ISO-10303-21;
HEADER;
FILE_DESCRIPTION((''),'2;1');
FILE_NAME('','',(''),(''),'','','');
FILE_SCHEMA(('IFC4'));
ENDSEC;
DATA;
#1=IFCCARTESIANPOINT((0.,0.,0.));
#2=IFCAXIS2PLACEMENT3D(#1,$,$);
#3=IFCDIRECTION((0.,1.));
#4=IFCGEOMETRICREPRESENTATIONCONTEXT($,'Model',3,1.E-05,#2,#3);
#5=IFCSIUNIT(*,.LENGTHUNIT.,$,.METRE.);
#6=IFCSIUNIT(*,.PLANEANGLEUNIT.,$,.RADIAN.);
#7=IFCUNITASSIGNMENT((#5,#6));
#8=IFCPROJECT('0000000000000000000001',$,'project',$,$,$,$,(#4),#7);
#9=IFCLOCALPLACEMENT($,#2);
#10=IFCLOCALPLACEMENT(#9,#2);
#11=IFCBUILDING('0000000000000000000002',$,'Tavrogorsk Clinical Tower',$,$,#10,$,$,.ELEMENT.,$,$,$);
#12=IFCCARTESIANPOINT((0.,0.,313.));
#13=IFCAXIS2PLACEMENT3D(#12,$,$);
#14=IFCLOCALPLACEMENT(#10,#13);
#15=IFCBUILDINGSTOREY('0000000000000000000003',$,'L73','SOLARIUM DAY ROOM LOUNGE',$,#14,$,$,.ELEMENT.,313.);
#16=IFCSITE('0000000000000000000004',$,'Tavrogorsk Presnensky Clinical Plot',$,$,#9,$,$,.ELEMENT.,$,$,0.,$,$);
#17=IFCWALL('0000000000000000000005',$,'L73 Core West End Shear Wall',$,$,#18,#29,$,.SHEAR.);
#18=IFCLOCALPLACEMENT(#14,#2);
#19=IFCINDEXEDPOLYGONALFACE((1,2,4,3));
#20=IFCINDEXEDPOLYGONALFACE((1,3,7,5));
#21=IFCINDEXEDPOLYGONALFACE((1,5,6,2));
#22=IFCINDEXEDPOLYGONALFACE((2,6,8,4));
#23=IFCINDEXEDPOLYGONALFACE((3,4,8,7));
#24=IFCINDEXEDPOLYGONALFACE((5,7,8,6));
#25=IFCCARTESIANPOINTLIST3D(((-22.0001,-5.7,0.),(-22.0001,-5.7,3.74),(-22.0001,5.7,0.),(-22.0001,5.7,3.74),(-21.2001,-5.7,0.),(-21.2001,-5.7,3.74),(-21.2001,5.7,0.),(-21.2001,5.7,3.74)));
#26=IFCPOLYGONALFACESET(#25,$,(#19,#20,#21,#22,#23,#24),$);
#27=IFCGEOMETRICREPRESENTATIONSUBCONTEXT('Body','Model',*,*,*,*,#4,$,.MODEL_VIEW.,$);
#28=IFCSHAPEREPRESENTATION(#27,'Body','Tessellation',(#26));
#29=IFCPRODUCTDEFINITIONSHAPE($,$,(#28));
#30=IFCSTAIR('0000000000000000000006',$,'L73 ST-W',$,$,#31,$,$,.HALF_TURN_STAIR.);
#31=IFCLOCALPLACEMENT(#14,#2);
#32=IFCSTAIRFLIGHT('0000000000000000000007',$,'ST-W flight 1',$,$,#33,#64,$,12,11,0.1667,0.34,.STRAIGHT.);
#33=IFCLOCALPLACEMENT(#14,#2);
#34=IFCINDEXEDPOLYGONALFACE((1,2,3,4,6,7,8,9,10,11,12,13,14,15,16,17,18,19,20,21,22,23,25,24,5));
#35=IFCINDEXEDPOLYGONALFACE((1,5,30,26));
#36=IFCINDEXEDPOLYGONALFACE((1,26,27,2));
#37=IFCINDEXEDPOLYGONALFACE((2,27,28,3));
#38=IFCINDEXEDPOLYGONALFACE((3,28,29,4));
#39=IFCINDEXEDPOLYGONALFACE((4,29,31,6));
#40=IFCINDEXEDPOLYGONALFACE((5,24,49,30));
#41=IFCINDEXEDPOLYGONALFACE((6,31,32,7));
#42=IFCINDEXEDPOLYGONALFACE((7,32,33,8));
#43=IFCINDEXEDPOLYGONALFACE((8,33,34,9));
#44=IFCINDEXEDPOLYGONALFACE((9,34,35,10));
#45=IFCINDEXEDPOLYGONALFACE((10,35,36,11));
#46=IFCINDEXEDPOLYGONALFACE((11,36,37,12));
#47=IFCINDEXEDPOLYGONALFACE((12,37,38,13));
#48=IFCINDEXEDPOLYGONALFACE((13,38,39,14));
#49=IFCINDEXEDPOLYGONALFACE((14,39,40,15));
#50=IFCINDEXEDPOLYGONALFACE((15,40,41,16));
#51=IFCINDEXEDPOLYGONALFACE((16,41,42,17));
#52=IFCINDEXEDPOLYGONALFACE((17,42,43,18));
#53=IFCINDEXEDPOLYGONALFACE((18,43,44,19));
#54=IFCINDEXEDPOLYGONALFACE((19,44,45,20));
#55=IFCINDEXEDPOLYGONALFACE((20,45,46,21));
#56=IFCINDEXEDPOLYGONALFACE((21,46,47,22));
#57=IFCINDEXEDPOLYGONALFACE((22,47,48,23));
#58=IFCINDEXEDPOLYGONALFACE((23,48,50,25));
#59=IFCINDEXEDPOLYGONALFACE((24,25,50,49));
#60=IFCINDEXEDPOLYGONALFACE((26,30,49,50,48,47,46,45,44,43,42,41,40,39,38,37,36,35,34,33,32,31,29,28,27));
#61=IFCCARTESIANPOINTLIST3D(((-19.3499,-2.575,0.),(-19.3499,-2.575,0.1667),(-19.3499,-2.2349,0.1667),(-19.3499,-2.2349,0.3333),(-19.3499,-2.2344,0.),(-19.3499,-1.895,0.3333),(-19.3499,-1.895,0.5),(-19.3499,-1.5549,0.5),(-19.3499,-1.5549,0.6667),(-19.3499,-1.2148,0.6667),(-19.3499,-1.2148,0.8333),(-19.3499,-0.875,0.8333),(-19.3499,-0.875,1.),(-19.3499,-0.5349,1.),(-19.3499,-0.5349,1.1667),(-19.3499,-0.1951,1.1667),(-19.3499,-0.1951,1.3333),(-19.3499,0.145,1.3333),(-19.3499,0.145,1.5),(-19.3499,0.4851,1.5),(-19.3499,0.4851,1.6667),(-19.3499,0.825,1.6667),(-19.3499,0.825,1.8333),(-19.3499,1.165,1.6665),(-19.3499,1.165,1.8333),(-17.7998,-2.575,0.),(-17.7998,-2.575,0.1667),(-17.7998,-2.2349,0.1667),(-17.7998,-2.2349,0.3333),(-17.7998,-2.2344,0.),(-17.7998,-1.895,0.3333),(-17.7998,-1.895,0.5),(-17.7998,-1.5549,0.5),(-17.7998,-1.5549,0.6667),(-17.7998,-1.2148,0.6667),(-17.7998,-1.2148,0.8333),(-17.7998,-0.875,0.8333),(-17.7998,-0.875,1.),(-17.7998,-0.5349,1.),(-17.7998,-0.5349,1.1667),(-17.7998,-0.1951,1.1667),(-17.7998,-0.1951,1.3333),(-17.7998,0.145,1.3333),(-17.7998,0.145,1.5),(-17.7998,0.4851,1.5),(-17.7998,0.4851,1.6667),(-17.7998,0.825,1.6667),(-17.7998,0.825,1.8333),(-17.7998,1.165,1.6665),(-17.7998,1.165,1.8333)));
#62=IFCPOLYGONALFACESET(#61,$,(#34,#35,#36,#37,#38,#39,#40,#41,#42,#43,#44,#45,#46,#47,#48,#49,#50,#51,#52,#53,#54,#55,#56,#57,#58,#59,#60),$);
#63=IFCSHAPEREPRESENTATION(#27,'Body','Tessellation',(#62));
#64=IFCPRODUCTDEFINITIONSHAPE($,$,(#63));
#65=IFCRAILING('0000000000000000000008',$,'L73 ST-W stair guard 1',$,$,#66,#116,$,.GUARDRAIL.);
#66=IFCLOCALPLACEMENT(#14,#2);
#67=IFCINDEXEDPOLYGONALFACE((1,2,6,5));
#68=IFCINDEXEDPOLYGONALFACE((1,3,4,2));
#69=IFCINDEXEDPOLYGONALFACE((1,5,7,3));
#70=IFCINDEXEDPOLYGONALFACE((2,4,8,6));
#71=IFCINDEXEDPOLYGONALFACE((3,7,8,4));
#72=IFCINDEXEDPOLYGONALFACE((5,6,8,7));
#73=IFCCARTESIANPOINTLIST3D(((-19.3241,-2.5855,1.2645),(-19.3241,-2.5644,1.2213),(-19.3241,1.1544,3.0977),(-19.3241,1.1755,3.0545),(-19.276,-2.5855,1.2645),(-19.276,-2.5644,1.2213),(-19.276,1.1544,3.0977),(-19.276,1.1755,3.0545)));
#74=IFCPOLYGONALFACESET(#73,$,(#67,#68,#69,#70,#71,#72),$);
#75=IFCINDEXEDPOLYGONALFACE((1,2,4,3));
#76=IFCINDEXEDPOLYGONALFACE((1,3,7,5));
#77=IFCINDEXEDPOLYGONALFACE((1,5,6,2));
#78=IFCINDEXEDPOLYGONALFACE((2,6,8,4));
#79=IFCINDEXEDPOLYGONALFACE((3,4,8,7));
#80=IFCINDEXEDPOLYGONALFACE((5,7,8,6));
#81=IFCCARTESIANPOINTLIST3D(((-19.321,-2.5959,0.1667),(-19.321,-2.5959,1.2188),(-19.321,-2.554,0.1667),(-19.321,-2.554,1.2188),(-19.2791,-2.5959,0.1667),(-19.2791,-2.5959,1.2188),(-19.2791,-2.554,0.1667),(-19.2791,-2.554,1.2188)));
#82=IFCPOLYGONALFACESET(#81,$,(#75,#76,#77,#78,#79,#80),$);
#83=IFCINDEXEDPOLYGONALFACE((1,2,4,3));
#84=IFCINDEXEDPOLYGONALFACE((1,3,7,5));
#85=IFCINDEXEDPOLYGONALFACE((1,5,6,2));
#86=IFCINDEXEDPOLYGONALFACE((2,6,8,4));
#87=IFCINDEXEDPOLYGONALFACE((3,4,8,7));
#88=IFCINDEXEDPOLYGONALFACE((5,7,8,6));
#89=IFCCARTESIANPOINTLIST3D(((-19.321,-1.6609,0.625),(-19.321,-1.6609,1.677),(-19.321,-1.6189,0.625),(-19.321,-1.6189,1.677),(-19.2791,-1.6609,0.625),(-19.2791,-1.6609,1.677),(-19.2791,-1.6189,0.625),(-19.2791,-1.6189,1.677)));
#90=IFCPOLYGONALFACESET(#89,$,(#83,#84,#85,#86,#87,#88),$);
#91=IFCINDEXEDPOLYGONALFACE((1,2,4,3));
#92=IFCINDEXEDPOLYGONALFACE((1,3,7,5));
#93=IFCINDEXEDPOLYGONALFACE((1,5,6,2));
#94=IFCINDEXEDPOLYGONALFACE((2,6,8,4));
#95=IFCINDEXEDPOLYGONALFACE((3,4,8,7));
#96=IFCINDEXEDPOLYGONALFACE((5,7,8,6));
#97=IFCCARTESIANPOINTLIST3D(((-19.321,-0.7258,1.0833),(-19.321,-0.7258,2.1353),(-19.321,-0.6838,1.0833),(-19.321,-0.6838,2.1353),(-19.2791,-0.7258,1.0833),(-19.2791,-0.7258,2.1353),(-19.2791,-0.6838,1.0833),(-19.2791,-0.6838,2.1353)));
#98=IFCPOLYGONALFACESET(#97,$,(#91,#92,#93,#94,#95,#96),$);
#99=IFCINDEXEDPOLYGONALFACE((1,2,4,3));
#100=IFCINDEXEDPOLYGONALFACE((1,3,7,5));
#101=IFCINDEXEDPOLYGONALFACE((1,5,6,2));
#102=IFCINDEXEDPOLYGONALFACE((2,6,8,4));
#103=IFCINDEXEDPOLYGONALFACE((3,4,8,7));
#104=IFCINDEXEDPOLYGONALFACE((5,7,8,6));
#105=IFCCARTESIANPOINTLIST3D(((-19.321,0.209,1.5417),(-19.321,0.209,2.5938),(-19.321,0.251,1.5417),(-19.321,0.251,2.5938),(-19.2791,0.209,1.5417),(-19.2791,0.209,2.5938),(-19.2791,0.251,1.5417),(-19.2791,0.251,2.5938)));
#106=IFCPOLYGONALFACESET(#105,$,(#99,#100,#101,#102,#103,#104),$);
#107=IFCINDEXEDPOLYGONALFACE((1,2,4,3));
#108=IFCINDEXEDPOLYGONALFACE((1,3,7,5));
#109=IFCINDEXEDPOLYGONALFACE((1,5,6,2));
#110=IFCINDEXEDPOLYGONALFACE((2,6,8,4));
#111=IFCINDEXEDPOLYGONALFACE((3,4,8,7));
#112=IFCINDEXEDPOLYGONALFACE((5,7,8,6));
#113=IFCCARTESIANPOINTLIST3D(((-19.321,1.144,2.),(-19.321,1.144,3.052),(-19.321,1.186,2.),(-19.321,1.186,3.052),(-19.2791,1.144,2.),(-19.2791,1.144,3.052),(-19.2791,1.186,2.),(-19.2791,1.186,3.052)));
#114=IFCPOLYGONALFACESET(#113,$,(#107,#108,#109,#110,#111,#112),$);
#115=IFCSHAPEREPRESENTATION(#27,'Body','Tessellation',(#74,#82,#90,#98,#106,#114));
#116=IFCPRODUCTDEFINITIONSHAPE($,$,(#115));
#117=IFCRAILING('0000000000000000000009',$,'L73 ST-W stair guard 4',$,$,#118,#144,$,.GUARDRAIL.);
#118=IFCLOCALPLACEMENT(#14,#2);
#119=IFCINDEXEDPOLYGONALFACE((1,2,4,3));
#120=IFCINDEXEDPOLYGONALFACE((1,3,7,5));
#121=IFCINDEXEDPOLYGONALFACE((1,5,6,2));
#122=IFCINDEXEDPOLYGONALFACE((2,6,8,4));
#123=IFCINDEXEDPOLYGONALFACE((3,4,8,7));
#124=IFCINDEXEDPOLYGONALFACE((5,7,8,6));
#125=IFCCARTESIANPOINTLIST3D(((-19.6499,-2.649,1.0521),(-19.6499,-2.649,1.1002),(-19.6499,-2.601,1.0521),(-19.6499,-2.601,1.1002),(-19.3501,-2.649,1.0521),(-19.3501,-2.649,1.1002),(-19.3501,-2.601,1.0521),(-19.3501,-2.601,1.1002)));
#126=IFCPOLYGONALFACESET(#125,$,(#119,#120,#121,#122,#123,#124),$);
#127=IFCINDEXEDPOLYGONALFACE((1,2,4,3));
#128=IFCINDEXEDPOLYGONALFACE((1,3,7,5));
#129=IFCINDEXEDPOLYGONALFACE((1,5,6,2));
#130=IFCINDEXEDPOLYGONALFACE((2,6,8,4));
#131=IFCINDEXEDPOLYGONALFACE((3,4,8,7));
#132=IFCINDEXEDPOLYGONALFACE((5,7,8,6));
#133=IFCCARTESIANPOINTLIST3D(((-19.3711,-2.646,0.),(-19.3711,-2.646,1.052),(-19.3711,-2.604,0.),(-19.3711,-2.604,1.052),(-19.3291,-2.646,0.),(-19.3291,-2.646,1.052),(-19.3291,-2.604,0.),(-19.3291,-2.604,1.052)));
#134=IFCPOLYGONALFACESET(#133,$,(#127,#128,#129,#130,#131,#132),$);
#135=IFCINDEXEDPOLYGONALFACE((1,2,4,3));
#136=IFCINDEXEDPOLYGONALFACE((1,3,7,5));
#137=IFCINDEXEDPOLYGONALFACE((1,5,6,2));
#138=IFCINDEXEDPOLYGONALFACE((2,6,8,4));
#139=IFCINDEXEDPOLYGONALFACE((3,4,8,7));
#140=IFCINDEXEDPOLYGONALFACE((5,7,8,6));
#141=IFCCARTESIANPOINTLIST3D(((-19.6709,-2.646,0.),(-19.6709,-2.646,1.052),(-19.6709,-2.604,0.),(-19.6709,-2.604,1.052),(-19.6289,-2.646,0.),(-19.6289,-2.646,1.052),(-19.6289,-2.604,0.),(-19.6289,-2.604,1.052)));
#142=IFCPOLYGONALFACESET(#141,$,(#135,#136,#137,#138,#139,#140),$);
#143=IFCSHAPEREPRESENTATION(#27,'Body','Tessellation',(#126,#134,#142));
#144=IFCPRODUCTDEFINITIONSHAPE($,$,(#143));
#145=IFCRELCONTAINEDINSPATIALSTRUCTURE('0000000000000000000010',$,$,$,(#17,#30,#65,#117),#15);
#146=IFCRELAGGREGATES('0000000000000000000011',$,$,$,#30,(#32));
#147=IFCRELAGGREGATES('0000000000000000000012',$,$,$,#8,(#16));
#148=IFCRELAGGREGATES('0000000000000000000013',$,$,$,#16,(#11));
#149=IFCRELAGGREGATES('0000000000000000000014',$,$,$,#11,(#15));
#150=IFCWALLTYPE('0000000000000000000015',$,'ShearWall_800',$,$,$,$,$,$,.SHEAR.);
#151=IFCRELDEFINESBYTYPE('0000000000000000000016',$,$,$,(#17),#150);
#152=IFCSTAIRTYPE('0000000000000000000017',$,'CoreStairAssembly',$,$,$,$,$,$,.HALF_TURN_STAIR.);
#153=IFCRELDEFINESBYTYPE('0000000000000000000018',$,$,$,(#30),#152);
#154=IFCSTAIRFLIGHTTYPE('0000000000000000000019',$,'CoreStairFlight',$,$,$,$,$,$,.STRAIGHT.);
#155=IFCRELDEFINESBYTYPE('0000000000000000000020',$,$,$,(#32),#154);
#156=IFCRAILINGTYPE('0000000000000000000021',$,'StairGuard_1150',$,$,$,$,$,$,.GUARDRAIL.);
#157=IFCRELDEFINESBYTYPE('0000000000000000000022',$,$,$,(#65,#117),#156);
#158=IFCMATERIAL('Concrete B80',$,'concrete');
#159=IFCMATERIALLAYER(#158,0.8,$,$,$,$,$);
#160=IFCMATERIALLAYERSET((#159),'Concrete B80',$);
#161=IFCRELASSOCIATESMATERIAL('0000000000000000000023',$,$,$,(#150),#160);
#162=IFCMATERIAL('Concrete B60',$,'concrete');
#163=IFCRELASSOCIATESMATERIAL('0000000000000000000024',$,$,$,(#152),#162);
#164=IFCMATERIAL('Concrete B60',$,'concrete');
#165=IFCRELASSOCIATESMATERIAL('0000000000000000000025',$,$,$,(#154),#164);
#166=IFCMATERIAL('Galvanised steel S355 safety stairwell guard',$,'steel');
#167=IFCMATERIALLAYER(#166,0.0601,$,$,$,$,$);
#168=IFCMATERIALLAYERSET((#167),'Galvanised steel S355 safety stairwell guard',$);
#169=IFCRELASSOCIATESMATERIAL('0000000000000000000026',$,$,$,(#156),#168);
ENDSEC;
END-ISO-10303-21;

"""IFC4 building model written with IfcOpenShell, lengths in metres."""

from ifc_helpers import new_model, si_unit, direction, frame, frame_2d, origin, origin_2d, place, context, subcontext, project, spatial, polyline, rectangle, outline, extrude, material, layer, layer_set, type_object, element, aggregate, save


model = new_model("IFC4")

# Units and contexts
model_context = context("Model", 3, precision=1e-05, world=origin(), true_north=direction((0.0, 1.0)))
body_context = subcontext(model_context, "Body", "Model", "MODEL_VIEW")
ifc_project = project(units=[si_unit("LENGTHUNIT", "METRE"), si_unit("PLANEANGLEUNIT", "RADIAN")], contexts=[model_context])

# Site, building, storey
site_placement = place(None, origin())
site = spatial("IfcSite", under=ifc_project, at=site_placement, Name="Tavrogorsk Presnensky Clinical Plot", CompositionType="ELEMENT", RefElevation=0.0)
building_placement = place(site_placement, origin())
building = spatial("IfcBuilding", under=site, at=building_placement, Name="Tavrogorsk Clinical Tower", CompositionType="ELEMENT")
storey_placement = place(building_placement, frame((0.0, 0.0, 313.0)))
storey = spatial("IfcBuildingStorey", under=building, at=storey_placement, Name="L73", Description="SOLARIUM DAY ROOM LOUNGE", CompositionType="ELEMENT", Elevation=313.0)

# Wall
ifc_material_1 = material(Name="Concrete B80", Category="concrete")
ifc_layer_1 = layer(ifc_material_1, 0.8)
ifc_layer_set_1 = layer_set([ifc_layer_1], Name="Concrete B80")
wall_type_1 = type_object("IfcWallType", Name="ShearWall_800", PredefinedType="SHEAR", material=ifc_layer_set_1)
wall_1_placement = place(storey_placement, frame((-21.6001, -5.7, 0.0), z_axis=(0.0, 0.0, 1.0), x_axis=(0.0, 1.0, 0.0)))
element("IfcWall", 1, at=wall_1_placement, inside=storey, type_object=wall_type_1, Name="L73 Core West End Shear Wall", PredefinedType="SHEAR", context=body_context, shape_type="SweptSolid", body=[
    extrude(rectangle(XDim=11.3999, YDim=0.8, at=frame_2d((5.7, 0.0))), origin(), (0.0, 0.0, 1.0), 3.74),
])

# Stair, stair flight
ifc_material_2 = material(Name="Concrete B60", Category="concrete")
stair_type = type_object("IfcStairType", Name="CoreStairAssembly", PredefinedType="HALF_TURN_STAIR", material=ifc_material_2)
stair_placement = place(storey_placement, origin())
stair = element("IfcStair", 2, at=stair_placement, inside=storey, type_object=stair_type, Name="L73 ST-W", PredefinedType="HALF_TURN_STAIR")
ifc_material_3 = material(Name="Concrete B60", Category="concrete")
stair_flight_type = type_object("IfcStairFlightType", Name="CoreStairFlight", PredefinedType="STRAIGHT", material=ifc_material_3)
stair_flight_placement = place(storey_placement, frame((-18.575, -2.575, 0.0), z_axis=(0.0, 0.0, 1.0), x_axis=(0.0, 1.0, 0.0)))
stair_flight = element("IfcStairFlight", 3, at=stair_flight_placement, type_object=stair_flight_type, Name="ST-W flight 1", NumberOfRisers=12, NumberOfTreads=11, PredefinedType="STRAIGHT", RiserHeight=0.1667, TreadLength=0.34, context=body_context, shape_type="SweptSolid", body=[
    extrude(outline(polyline([(0.0, 0.0), (0.0, 0.1667), (0.3401, 0.1667), (0.3401, 0.3333), (0.6799, 0.3333), (0.6799, 0.5), (1.02, 0.5), (1.02, 0.6667), (1.3601, 0.6667), (1.3601, 0.8333), (1.7, 0.8333), (1.7, 1.0), (2.04, 1.0), (2.04, 1.1667), (2.3799, 1.1667), (2.3799, 1.3333), (2.72, 1.3333), (2.72, 1.5), (3.0601, 1.5), (3.0601, 1.6667), (3.3999, 1.6667), (3.3999, 1.8333), (3.74, 1.8333), (3.74, 2.0), (3.74, 1.6665), (0.3406, 0.0), (0.0, 0.0)])), frame((0.0, 0.7749, 0.0), z_axis=(0.0, -1.0, 0.0), x_axis=(1.0, 0.0, 0.0)), (0.0, 0.0, 1.0), 1.55),
])
aggregate(stair, [stair_flight])

# Railings
ifc_material_4 = material(Name="Galvanised steel S355 safety stairwell guard", Category="steel")
ifc_layer_2 = layer(ifc_material_4, 0.0601)
ifc_layer_set_2 = layer_set([ifc_layer_2], Name="Galvanised steel S355 safety stairwell guard")
railing_type = type_object("IfcRailingType", Name="StairGuard_1150", PredefinedType="GUARDRAIL", material=ifc_layer_set_2)
railing_1_placement = place(storey_placement, frame((-19.3, -2.575, 0.1667)))
element("IfcRailing", 4, at=railing_1_placement, inside=storey, type_object=railing_type, Name="L73 ST-W stair guard 1", PredefinedType="GUARDRAIL", context=body_context, shape_type="SweptSolid", body=[
    extrude(rectangle(XDim=0.0481, YDim=0.0481, at=origin_2d()), frame((0.0, 0.0, 1.0762), z_axis=(0.0, 0.897928, 0.440142), x_axis=(-1.0, 0.0, 0.0)), (0.0, 0.0, 1.0), 4.165),
    extrude(rectangle(XDim=0.042, YDim=0.042, at=origin_2d()), origin(), (0.0, 0.0, 1.0), 1.052),
    extrude(rectangle(XDim=0.042, YDim=0.042, at=origin_2d()), frame((0.0, 0.9351, 0.4583)), (0.0, 0.0, 1.0), 1.052),
    extrude(rectangle(XDim=0.042, YDim=0.042, at=origin_2d()), frame((0.0, 1.8701, 0.9165)), (0.0, 0.0, 1.0), 1.052),
    extrude(rectangle(XDim=0.042, YDim=0.042, at=origin_2d()), frame((0.0, 2.8049, 1.375)), (0.0, 0.0, 1.0), 1.052),
    extrude(rectangle(XDim=0.042, YDim=0.042, at=origin_2d()), frame((0.0, 3.74, 1.8333)), (0.0, 0.0, 1.0), 1.052),
])
railing_2_placement = place(storey_placement, frame((-19.3501, -2.625, 0.0)))
element("IfcRailing", 5, at=railing_2_placement, inside=storey, type_object=railing_type, Name="L73 ST-W stair guard 4", PredefinedType="GUARDRAIL", context=body_context, shape_type="SweptSolid", body=[
    extrude(rectangle(XDim=0.0481, YDim=0.0481, at=origin_2d()), frame((0.0, 0.0, 1.0762), z_axis=(-1.0, 0.0, 0.0), x_axis=(0.0, -1.0, 0.0)), (0.0, 0.0, 1.0), 0.2998),
    extrude(rectangle(XDim=0.042, YDim=0.042, at=origin_2d()), origin(), (0.0, 0.0, 1.0), 1.052),
    extrude(rectangle(XDim=0.042, YDim=0.042, at=origin_2d()), frame((-0.2998, 0.0, 0.0)), (0.0, 0.0, 1.0), 1.052),
])

save(model, "model.ifc")
